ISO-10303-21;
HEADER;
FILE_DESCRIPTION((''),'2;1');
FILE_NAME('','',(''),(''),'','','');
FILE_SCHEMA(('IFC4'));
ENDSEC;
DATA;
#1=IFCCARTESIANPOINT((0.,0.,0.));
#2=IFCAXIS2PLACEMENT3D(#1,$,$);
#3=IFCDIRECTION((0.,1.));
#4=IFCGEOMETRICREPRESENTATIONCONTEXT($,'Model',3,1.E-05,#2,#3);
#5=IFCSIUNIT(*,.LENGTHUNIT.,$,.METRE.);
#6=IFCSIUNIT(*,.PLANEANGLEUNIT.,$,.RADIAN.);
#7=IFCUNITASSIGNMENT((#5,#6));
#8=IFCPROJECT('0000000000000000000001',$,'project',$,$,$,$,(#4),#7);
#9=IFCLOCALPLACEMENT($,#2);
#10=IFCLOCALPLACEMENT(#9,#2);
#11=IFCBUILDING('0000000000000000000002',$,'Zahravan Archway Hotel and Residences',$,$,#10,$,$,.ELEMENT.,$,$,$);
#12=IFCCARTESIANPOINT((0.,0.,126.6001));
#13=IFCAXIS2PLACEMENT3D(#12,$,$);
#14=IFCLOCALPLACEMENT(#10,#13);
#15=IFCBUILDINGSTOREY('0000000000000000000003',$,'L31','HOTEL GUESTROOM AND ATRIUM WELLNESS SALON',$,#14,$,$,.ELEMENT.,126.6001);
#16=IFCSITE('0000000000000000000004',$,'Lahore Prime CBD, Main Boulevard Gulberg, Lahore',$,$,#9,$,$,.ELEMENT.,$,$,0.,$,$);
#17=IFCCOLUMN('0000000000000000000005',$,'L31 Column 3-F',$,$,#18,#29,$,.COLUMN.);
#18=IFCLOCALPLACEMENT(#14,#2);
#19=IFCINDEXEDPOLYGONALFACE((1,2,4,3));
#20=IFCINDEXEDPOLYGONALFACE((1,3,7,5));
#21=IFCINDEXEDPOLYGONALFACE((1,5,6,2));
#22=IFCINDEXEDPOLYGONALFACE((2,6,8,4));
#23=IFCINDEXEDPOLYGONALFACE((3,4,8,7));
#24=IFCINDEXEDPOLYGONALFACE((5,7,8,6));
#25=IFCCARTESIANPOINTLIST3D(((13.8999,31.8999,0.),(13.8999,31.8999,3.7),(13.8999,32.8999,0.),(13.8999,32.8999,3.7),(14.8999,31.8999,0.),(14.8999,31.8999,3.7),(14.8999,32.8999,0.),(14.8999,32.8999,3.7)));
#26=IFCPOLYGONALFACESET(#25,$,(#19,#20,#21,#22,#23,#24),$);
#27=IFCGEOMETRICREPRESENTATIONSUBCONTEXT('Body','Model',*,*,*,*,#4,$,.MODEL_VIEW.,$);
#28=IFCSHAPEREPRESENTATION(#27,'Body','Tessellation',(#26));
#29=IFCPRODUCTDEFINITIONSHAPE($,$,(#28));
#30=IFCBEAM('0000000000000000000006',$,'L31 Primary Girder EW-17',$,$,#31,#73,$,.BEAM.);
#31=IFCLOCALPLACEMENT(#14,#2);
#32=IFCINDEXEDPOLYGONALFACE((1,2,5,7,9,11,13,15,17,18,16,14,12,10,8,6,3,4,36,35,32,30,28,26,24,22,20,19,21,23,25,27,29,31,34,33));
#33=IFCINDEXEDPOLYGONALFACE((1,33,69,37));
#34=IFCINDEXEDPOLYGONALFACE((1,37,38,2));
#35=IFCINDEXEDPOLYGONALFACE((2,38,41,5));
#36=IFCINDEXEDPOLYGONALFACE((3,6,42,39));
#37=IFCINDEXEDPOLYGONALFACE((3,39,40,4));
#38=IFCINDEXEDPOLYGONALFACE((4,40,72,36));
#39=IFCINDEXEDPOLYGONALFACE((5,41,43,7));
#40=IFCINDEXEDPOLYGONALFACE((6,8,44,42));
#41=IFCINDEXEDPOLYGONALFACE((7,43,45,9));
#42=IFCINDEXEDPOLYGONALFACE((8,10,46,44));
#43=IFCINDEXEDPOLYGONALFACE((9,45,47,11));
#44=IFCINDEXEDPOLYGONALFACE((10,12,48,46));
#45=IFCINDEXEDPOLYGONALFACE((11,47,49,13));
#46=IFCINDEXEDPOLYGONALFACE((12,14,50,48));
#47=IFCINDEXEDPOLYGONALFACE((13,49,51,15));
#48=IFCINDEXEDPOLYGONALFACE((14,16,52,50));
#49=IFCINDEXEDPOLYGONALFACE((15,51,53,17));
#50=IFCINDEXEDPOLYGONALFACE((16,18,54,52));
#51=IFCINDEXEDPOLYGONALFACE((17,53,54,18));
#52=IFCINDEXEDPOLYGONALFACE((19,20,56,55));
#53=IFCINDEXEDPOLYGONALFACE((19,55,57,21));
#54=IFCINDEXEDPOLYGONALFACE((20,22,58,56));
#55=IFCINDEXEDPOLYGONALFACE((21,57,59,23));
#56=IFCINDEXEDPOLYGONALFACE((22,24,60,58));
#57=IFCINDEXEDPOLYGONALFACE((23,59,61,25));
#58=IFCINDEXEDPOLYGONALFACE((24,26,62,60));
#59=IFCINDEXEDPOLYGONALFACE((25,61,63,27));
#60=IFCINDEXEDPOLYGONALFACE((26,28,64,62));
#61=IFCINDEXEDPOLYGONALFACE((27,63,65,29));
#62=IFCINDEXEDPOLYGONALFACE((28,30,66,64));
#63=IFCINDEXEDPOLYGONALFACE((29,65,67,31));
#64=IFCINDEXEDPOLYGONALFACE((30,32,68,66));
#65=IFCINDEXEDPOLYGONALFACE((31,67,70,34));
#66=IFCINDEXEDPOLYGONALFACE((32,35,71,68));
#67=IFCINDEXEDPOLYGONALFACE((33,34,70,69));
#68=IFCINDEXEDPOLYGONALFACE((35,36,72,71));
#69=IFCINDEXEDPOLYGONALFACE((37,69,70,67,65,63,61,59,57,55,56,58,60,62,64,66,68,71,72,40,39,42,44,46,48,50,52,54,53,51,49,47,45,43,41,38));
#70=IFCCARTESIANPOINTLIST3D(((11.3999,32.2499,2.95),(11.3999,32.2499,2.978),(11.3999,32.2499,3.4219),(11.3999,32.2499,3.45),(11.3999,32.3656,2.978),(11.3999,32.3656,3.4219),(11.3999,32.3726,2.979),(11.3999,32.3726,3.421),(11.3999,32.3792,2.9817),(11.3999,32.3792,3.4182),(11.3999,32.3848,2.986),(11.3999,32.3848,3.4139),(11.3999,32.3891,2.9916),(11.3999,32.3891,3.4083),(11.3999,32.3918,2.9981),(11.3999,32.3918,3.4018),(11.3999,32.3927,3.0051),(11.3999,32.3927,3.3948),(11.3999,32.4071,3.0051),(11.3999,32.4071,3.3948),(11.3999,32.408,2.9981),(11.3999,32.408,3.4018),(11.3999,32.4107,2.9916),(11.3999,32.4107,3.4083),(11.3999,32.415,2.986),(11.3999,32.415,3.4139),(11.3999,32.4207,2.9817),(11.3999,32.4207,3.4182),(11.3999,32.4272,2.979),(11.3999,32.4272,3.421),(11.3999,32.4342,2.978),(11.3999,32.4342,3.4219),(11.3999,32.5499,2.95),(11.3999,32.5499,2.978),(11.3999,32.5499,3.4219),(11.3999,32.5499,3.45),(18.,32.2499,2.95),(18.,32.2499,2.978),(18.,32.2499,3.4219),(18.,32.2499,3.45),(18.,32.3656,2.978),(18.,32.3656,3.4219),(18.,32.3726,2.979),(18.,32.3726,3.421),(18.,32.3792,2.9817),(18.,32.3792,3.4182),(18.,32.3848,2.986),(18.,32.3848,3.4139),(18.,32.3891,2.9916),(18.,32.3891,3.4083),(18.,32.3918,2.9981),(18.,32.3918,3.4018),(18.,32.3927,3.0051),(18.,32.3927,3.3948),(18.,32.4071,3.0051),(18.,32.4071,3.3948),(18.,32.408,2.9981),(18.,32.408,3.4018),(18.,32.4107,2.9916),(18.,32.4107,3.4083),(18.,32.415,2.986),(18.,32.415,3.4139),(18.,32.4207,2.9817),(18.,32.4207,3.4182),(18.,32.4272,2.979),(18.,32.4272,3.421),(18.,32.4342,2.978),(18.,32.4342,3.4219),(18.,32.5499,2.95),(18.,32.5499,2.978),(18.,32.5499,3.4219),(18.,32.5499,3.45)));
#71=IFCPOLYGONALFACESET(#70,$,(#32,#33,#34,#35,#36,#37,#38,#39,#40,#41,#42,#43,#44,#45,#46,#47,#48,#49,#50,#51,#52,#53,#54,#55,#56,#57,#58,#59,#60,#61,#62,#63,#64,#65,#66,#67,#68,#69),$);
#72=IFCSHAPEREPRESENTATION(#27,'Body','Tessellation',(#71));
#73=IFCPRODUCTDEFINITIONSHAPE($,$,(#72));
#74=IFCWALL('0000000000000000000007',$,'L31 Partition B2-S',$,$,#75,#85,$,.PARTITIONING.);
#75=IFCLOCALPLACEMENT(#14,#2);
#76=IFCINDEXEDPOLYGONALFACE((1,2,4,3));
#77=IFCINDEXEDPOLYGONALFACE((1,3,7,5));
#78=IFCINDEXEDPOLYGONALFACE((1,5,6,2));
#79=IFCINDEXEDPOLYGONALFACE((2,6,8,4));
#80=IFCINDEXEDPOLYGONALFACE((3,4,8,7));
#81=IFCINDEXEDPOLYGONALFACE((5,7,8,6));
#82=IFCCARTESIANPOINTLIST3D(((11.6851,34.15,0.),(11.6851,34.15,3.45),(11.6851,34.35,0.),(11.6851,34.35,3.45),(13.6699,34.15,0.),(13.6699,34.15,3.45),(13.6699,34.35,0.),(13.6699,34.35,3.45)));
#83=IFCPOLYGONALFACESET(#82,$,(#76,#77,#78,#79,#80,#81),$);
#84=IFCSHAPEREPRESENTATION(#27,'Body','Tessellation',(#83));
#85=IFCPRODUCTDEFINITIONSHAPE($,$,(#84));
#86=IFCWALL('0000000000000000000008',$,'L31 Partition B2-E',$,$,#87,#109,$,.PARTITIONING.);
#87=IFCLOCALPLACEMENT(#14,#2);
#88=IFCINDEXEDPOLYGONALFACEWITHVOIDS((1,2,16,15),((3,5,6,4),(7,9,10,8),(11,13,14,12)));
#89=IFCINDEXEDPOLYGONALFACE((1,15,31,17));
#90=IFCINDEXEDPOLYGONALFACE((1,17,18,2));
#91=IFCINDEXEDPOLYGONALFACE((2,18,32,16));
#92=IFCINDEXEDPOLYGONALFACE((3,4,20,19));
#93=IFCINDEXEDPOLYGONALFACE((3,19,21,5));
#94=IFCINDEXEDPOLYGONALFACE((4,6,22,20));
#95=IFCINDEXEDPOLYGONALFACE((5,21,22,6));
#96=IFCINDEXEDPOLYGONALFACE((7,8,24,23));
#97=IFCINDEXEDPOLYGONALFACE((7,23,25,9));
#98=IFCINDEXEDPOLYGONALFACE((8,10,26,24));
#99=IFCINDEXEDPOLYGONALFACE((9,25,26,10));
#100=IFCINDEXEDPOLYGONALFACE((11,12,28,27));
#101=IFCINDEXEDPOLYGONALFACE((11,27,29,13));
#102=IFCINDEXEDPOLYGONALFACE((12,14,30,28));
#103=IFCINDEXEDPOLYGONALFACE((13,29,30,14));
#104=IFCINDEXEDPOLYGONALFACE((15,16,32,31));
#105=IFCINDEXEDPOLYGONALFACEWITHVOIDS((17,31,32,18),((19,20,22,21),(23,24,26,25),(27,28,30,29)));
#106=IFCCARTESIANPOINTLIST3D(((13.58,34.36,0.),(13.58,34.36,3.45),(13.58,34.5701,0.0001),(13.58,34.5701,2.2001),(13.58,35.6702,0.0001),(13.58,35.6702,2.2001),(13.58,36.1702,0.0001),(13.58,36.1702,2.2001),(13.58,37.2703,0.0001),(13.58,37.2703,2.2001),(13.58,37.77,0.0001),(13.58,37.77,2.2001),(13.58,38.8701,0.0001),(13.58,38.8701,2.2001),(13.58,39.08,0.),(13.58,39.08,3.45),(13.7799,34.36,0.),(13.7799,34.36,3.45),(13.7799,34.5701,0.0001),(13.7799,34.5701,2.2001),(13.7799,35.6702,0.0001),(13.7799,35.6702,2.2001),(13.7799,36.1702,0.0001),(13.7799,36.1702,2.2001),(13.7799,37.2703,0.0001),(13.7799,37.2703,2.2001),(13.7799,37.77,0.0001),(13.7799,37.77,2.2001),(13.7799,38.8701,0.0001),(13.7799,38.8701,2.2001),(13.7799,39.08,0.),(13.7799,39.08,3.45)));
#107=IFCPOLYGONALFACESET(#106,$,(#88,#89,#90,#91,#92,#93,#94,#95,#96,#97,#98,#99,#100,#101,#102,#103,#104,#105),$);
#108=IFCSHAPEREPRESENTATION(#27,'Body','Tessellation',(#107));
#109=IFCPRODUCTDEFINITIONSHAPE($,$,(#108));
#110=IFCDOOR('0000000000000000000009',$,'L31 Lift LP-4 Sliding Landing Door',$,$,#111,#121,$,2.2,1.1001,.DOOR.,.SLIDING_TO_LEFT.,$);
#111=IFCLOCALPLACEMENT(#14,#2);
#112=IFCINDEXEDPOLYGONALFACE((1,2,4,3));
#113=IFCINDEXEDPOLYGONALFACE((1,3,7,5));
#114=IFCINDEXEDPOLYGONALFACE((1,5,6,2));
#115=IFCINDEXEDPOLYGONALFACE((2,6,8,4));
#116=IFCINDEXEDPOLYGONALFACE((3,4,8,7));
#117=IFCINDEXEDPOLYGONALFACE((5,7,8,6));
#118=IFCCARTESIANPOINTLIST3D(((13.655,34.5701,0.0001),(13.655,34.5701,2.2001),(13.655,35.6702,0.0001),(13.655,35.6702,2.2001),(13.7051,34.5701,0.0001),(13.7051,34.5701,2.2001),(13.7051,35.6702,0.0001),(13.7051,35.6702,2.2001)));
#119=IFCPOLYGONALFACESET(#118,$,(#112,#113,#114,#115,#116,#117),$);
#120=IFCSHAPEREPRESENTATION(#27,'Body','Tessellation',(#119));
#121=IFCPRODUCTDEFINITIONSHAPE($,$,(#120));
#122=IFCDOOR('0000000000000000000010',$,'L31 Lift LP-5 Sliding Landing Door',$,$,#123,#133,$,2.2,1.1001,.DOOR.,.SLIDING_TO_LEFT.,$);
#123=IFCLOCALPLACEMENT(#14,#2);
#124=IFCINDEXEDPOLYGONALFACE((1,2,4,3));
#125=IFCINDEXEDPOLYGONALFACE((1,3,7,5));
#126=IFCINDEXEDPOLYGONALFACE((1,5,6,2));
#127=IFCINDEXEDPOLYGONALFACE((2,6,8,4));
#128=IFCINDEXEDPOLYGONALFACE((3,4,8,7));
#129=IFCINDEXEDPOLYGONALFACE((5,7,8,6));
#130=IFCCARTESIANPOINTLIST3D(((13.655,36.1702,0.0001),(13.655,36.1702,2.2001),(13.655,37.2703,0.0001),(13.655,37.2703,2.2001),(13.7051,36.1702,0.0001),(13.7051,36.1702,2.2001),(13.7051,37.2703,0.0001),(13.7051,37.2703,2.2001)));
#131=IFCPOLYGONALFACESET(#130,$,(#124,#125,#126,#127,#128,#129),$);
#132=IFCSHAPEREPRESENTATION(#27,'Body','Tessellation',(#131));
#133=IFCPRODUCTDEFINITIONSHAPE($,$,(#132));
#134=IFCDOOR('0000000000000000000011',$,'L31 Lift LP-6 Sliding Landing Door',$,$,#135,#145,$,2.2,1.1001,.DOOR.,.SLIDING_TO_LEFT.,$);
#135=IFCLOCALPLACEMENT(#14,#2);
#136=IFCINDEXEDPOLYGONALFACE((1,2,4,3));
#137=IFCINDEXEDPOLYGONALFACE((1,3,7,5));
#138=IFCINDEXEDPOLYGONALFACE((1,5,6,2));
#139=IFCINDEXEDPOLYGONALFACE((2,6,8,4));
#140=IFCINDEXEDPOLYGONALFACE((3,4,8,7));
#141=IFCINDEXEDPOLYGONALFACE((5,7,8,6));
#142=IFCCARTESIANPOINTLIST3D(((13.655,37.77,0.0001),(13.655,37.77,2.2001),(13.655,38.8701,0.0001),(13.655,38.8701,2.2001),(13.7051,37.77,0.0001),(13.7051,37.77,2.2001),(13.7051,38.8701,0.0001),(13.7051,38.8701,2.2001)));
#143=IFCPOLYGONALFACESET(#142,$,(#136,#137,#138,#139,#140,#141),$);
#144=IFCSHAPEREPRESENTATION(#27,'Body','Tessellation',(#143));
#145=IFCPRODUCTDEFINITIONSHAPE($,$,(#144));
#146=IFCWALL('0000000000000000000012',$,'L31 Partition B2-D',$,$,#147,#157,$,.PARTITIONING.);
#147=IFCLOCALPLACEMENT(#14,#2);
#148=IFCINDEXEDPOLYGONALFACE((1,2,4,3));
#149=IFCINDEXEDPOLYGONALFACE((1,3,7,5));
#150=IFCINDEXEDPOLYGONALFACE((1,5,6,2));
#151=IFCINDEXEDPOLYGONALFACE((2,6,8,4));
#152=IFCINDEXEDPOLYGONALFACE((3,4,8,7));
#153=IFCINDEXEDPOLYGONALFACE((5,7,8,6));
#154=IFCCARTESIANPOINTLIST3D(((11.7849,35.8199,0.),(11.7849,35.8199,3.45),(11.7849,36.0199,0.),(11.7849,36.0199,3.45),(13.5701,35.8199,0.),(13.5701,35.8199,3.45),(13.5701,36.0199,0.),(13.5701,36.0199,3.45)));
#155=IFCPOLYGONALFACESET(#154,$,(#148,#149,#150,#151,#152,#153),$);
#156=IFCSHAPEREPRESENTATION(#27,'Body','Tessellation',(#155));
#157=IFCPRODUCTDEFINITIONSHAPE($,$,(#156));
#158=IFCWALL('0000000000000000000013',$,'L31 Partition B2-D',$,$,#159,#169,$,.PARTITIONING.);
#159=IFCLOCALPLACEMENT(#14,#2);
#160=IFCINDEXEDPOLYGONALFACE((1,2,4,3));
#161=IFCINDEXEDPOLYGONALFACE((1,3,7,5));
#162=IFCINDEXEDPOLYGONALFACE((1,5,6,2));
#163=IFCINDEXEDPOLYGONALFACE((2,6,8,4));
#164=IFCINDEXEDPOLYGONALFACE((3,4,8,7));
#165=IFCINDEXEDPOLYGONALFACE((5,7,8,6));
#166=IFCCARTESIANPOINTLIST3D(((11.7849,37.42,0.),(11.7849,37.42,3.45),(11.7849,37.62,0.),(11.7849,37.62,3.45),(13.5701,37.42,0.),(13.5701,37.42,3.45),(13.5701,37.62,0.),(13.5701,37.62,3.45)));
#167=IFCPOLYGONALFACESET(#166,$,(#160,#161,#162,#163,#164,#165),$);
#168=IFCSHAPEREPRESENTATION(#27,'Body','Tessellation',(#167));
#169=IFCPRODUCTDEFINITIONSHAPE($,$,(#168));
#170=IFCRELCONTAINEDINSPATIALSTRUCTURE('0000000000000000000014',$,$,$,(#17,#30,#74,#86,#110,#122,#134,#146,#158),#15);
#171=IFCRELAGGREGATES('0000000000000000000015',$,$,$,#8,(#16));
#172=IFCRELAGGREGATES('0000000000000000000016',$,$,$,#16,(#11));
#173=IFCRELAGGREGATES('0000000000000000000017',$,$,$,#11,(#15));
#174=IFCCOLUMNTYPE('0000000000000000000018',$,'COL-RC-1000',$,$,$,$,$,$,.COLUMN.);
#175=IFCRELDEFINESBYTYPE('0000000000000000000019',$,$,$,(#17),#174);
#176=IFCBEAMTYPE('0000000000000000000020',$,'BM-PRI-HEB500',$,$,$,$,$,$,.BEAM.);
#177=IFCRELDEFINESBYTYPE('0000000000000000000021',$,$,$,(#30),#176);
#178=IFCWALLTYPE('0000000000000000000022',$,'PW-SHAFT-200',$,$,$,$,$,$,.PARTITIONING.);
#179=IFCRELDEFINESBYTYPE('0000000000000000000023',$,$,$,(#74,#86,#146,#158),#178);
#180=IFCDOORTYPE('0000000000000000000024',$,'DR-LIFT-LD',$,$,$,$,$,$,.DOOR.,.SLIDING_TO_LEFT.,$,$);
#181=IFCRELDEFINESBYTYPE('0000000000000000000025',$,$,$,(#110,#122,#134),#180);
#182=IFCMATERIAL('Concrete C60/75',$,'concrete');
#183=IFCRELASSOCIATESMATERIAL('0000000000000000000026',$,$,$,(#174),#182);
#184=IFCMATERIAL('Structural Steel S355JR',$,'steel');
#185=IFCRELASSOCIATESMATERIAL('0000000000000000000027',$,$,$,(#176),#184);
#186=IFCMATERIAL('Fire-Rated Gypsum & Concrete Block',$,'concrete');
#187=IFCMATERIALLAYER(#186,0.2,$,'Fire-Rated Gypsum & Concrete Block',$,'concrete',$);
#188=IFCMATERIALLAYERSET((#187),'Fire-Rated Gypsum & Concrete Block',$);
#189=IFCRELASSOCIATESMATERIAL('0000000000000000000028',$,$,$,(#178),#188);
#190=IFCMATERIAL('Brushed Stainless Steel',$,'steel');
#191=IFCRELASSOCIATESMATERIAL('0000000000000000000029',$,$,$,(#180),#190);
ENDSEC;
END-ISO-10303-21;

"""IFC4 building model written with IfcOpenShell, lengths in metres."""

from ifc_helpers import new_model, si_unit, direction, frame, frame_2d, origin, origin_2d, place, context, subcontext, project, spatial, rectangle, i_section, extrude, source, transform, mapped, material, layer, layer_set, material_profile, profile_set, type_object, type_shapes, element, fill, save


model = new_model("IFC4")

# Units and contexts
model_context = context("Model", 3, precision=1e-05, world=origin(), true_north=direction((0.0, 1.0)))
body_context = subcontext(model_context, "Body", "Model", "MODEL_VIEW")
ifc_project = project(units=[si_unit("LENGTHUNIT", "METRE"), si_unit("PLANEANGLEUNIT", "RADIAN")], contexts=[model_context])

# Site, building, storey
site_placement = place(None, origin())
site = spatial("IfcSite", under=ifc_project, at=site_placement, Name="Lahore Prime CBD, Main Boulevard Gulberg, Lahore", CompositionType="ELEMENT", RefElevation=0.0)
building_placement = place(site_placement, origin())
building = spatial("IfcBuilding", under=site, at=building_placement, Name="Zahravan Archway Hotel and Residences", CompositionType="ELEMENT")
storey_placement = place(building_placement, frame((0.0, 0.0, 126.6001)))
storey = spatial("IfcBuildingStorey", under=building, at=storey_placement, Name="L31", Description="HOTEL GUESTROOM AND ATRIUM WELLNESS SALON", CompositionType="ELEMENT", Elevation=126.6001)

# Column
ifc_material_1 = material(Name="Concrete C60/75", Category="concrete")
ifc_material_profile_1 = material_profile(ifc_material_1, rectangle(XDim=1.0, YDim=1.0, at=origin_2d()), Name="RC-COL-1000x1000", Category="concrete")
ifc_profile_set_1 = profile_set([ifc_material_profile_1], Name="Concrete C60/75")
column_type = type_object("IfcColumnType", Name="COL-RC-1000", PredefinedType="COLUMN", material=ifc_profile_set_1)
shared_shape_1 = source(origin(), body_context, "Body", "SweptSolid", [
    extrude(rectangle(XDim=1.0, YDim=1.0, at=origin_2d()), origin(), (0.0, 0.0, 1.0), 3.7),
])
type_shapes(column_type, [shared_shape_1])
column_placement = place(storey_placement, frame((14.3999, 32.3999, 0.0), z_axis=(0.0, 0.0, 1.0), x_axis=(1.0, 0.0, 0.0)))
element("IfcColumn", 1, at=column_placement, inside=storey, type_object=column_type, Name="L31 Column 3-F", PredefinedType="COLUMN", context=body_context, shape_type="MappedRepresentation", body=[
    mapped(shared_shape_1, transform((0.0, 0.0, 0.0), scale=1.0)),
])

# Beam
ifc_material_2 = material(Name="Structural Steel S355JR", Category="steel")
ifc_material_profile_2 = material_profile(ifc_material_2, i_section(OverallWidth=0.3, OverallDepth=0.5, WebThickness=0.0144, FlangeThickness=0.0281, FilletRadius=0.0271, at=origin_2d()), Name="HEB 500", Category="steel")
ifc_profile_set_2 = profile_set([ifc_material_profile_2], Name="Structural Steel S355JR")
beam_type = type_object("IfcBeamType", Name="BM-PRI-HEB500", PredefinedType="BEAM", material=ifc_profile_set_2)
shared_shape_2 = source(origin(), body_context, "Body", "SweptSolid", [
    extrude(i_section(OverallWidth=0.3, OverallDepth=0.5, WebThickness=0.0144, FlangeThickness=0.0281, FilletRadius=0.0271, at=origin_2d()), origin(), (0.0, 0.0, 1.0), 6.6001),
])
beam_placement = place(storey_placement, frame((11.3999, 32.3999, 3.2), z_axis=(1.0, 0.0, 0.0), x_axis=(0.0, 1.0, 0.0)))
element("IfcBeam", 2, at=beam_placement, inside=storey, type_object=beam_type, Name="L31 Primary Girder EW-17", PredefinedType="BEAM", context=body_context, shape_type="MappedRepresentation", body=[
    mapped(shared_shape_2, transform((0.0, 0.0, 0.0), scale=1.0)),
])

# Wall
ifc_material_3 = material(Name="Fire-Rated Gypsum & Concrete Block", Category="concrete")
ifc_layer_1 = layer(ifc_material_3, 0.2, Name="Fire-Rated Gypsum & Concrete Block", Category="concrete")
ifc_layer_set_1 = layer_set([ifc_layer_1], Name="Fire-Rated Gypsum & Concrete Block")
wall_type_1 = type_object("IfcWallType", Name="PW-SHAFT-200", PredefinedType="PARTITIONING", material=ifc_layer_set_1)
wall_1_placement = place(storey_placement, frame((11.6851, 34.25, 0.0), z_axis=(0.0, 0.0, 1.0), x_axis=(1.0, 0.0, 0.0)))
element("IfcWall", 3, at=wall_1_placement, inside=storey, type_object=wall_type_1, Name="L31 Partition B2-S", PredefinedType="PARTITIONING", context=body_context, shape_type="SweptSolid", body=[
    extrude(rectangle(XDim=1.9849, YDim=0.2, at=frame_2d((0.9924, 0.0))), origin(), (0.0, 0.0, 1.0), 3.45),
])

# Wall, openings, doors
wall_2_placement = place(storey_placement, frame((13.6799, 34.3601, 0.0), z_axis=(0.0, 0.0, 1.0), x_axis=(0.0, 1.0, 0.0)))
wall_2 = element("IfcWall", 4, at=wall_2_placement, inside=storey, type_object=wall_type_1, Name="L31 Partition B2-E", PredefinedType="PARTITIONING", context=body_context, shape_type="SweptSolid", body=[
    extrude(rectangle(XDim=4.72, YDim=0.2, at=frame_2d((2.3599, 0.0))), origin(), (0.0, 0.0, 1.0), 3.45),
])
opening_1_placement = place(wall_2_placement, frame((0.21, 0.0, 0.0)))
opening_1 = element("IfcOpeningElement", 5, at=opening_1_placement, cuts=wall_2, PredefinedType="OPENING", context=body_context, shape_type="SweptSolid", body=[
    extrude(rectangle(XDim=1.1001, YDim=2.2, at=frame_2d((0.55, 1.1001))), frame((0.0, 0.1099, 0.0), z_axis=(0.0, -1.0, 0.0), x_axis=(1.0, 0.0, 0.0)), (0.0, 0.0, 1.0), 0.22),
])
opening_2_placement = place(wall_2_placement, frame((1.8101, 0.0, 0.0)))
opening_2 = element("IfcOpeningElement", 6, at=opening_2_placement, cuts=wall_2, PredefinedType="OPENING", context=body_context, shape_type="SweptSolid", body=[
    extrude(rectangle(XDim=1.1001, YDim=2.2, at=frame_2d((0.55, 1.1001))), frame((0.0, 0.1099, 0.0), z_axis=(0.0, -1.0, 0.0), x_axis=(1.0, 0.0, 0.0)), (0.0, 0.0, 1.0), 0.22),
])
opening_3_placement = place(wall_2_placement, frame((3.4099, 0.0, 0.0)))
opening_3 = element("IfcOpeningElement", 7, at=opening_3_placement, cuts=wall_2, PredefinedType="OPENING", context=body_context, shape_type="SweptSolid", body=[
    extrude(rectangle(XDim=1.1001, YDim=2.2, at=frame_2d((0.55, 1.1001))), frame((0.0, 0.1099, 0.0), z_axis=(0.0, -1.0, 0.0), x_axis=(1.0, 0.0, 0.0)), (0.0, 0.0, 1.0), 0.22),
])
ifc_material_4 = material(Name="Brushed Stainless Steel", Category="steel")
door_type_1 = type_object("IfcDoorType", Name="DR-LIFT-LD", OperationType="SLIDING_TO_LEFT", PredefinedType="DOOR", material=ifc_material_4)
shared_shape_3 = source(origin(), body_context, "Body", "SweptSolid", [
    extrude(rectangle(XDim=1.1001, YDim=2.2, at=frame_2d((0.55, 1.1001))), frame((0.0, 0.0249, 0.0), z_axis=(0.0, -1.0, 0.0), x_axis=(1.0, 0.0, 0.0)), (0.0, 0.0, 1.0), 0.05),
])
type_shapes(door_type_1, [shared_shape_3])
door_1_placement = place(opening_1_placement, origin())
door_1 = element("IfcDoor", 8, at=door_1_placement, inside=storey, type_object=door_type_1, Name="L31 Lift LP-4 Sliding Landing Door", OperationType="SLIDING_TO_LEFT", OverallHeight=2.2, OverallWidth=1.1001, PredefinedType="DOOR", context=body_context, shape_type="MappedRepresentation", body=[
    mapped(shared_shape_3, transform((0.0, 0.0, 0.0), scale=1.0)),
])
fill(opening_1, door_1)
door_2_placement = place(opening_2_placement, origin())
door_2 = element("IfcDoor", 9, at=door_2_placement, inside=storey, type_object=door_type_1, Name="L31 Lift LP-5 Sliding Landing Door", OperationType="SLIDING_TO_LEFT", OverallHeight=2.2, OverallWidth=1.1001, PredefinedType="DOOR", context=body_context, shape_type="MappedRepresentation", body=[
    mapped(shared_shape_3, transform((0.0, 0.0, 0.0), scale=1.0)),
])
fill(opening_2, door_2)
door_3_placement = place(opening_3_placement, origin())
door_3 = element("IfcDoor", 10, at=door_3_placement, inside=storey, type_object=door_type_1, Name="L31 Lift LP-6 Sliding Landing Door", OperationType="SLIDING_TO_LEFT", OverallHeight=2.2, OverallWidth=1.1001, PredefinedType="DOOR", context=body_context, shape_type="MappedRepresentation", body=[
    mapped(shared_shape_3, transform((0.0, 0.0, 0.0), scale=1.0)),
])
fill(opening_3, door_3)

# Walls
for number, where, z_axis, x_axis, name in (
    (11, (11.7849, 35.9199, 0.0), (0.0, 0.0, 1.0), (1.0, 0.0, 0.0), "L31 Partition B2-D"),
    (12, (11.7849, 37.52, 0.0), (0.0, 0.0, 1.0), (1.0, 0.0, 0.0), "L31 Partition B2-D"),
):
    element("IfcWall", number, at=place(storey_placement, frame(where, z_axis=z_axis, x_axis=x_axis)), inside=storey, type_object=wall_type_1, Name=name, PredefinedType="PARTITIONING", context=body_context, shape_type="SweptSolid", body=[
        extrude(rectangle(XDim=1.7852, YDim=0.2, at=frame_2d((0.8926, 0.0))), origin(), (0.0, 0.0, 1.0), 3.45),
    ])

save(model, "model.ifc")
